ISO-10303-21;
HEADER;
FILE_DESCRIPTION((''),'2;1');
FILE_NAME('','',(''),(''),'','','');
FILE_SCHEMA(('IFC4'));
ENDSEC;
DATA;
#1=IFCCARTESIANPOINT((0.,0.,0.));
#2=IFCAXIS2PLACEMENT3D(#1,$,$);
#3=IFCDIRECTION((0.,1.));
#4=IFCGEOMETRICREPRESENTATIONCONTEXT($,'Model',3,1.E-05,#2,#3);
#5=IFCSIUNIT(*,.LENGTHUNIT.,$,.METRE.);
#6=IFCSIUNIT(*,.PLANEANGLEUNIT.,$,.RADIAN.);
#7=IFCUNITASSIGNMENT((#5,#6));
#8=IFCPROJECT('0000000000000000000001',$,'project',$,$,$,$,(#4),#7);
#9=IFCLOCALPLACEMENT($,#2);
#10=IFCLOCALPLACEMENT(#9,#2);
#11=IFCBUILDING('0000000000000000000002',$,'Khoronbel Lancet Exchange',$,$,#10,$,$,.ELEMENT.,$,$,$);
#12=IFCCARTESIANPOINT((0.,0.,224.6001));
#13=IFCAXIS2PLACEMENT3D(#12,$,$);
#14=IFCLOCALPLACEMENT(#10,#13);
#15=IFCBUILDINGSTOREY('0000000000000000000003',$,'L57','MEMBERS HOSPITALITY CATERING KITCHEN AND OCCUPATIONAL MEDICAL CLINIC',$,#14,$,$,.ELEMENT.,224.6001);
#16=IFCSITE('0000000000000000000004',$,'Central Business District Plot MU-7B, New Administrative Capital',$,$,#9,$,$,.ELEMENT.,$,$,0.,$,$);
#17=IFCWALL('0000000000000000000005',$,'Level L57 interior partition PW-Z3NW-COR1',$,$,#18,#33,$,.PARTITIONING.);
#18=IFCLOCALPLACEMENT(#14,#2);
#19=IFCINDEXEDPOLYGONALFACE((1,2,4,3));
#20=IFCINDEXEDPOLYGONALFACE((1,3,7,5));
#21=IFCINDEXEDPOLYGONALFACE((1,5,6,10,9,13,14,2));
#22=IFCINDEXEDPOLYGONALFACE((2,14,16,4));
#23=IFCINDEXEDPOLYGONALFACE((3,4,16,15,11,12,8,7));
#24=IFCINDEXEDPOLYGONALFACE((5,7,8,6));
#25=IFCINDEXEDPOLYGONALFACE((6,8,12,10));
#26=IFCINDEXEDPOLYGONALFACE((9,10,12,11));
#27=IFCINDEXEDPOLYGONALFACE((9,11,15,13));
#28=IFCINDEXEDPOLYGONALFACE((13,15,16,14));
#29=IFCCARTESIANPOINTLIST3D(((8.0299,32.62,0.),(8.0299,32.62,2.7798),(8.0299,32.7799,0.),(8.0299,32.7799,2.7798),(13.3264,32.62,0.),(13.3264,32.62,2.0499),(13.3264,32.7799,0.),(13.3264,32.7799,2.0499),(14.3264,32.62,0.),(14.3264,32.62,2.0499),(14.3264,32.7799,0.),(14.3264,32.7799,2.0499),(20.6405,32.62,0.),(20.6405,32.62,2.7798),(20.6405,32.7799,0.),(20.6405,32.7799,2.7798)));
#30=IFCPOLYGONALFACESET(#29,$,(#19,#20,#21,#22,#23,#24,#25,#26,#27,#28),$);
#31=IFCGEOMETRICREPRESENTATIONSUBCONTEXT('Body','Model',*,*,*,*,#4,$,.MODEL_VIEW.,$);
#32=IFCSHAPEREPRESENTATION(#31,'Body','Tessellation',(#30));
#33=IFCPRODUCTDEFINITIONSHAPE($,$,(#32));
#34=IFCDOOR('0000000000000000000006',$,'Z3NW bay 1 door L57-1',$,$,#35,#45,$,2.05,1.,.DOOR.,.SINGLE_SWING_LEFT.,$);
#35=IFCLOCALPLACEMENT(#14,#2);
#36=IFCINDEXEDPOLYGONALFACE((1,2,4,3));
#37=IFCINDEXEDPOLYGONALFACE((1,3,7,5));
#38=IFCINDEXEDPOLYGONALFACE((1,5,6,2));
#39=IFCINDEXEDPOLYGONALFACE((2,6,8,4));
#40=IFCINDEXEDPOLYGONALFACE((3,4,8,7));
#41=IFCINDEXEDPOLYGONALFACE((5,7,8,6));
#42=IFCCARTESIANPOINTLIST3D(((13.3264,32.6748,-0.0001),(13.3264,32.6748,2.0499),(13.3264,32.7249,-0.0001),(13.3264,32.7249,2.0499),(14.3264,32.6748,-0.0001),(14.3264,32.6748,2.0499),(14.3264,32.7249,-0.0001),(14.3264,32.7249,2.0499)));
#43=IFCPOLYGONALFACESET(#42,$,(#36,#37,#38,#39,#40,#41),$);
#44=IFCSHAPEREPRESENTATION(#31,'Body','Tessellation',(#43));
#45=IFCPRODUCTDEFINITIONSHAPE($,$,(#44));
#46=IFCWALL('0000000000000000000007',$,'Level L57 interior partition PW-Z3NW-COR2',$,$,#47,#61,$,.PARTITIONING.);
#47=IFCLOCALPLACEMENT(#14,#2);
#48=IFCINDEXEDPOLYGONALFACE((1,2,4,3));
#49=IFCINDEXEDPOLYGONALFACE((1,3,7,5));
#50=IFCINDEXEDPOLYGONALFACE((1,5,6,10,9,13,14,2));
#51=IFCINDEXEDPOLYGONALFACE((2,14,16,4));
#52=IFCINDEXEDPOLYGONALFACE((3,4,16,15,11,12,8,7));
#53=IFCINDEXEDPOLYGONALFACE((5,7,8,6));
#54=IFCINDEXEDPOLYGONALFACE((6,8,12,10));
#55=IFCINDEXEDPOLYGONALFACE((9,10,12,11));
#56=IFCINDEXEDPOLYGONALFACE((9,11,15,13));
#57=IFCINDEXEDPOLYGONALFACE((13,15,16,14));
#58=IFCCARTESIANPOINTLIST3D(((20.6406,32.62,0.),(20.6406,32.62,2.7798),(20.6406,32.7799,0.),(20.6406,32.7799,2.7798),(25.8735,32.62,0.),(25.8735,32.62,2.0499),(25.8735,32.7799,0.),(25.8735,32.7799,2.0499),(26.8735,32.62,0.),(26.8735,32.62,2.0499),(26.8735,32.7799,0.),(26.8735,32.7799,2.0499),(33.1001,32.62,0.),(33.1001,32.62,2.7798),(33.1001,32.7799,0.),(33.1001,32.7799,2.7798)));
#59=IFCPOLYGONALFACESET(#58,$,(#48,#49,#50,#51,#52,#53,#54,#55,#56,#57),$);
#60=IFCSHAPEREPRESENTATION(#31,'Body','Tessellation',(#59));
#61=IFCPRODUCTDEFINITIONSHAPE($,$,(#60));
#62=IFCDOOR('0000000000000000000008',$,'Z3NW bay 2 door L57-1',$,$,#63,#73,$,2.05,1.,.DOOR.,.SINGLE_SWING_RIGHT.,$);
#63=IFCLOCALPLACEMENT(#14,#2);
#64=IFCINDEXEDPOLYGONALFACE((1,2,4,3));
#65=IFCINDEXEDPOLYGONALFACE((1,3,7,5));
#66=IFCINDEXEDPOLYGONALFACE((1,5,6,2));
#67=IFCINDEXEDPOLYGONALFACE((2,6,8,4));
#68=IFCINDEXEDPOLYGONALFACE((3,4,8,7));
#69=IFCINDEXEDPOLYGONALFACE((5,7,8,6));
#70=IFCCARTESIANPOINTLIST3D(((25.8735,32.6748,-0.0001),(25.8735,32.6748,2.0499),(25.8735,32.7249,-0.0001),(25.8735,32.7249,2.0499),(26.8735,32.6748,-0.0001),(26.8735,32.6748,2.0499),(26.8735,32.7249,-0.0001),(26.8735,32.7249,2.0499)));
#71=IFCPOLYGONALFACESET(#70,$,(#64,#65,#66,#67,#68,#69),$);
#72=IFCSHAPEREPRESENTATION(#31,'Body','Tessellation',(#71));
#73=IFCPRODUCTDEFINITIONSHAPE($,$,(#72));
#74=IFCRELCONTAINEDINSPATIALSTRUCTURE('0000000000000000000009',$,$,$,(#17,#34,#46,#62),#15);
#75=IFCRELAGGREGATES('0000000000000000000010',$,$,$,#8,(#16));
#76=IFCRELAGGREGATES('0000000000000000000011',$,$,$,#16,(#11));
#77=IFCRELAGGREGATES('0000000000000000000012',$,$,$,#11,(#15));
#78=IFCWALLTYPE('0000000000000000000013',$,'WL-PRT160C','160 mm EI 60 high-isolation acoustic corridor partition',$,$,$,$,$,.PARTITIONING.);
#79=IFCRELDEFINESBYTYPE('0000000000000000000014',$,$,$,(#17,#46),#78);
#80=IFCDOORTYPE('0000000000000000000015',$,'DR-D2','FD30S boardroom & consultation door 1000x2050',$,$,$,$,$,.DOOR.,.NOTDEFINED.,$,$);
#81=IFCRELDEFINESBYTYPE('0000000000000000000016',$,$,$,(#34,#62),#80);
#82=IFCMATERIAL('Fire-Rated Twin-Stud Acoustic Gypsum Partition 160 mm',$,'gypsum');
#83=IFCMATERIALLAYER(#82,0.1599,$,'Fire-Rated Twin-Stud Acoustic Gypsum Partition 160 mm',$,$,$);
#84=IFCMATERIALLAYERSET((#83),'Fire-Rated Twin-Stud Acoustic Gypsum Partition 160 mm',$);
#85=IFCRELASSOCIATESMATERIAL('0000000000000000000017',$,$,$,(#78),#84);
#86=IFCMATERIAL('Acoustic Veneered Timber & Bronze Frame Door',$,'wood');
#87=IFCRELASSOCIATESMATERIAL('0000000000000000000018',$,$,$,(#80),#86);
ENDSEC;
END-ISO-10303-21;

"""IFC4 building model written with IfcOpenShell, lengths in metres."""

from ifc_helpers import new_model, si_unit, direction, frame, frame_2d, origin, place, context, subcontext, project, spatial, rectangle, extrude, material, layer, layer_set, type_object, element, fill, save


model = new_model("IFC4")

# Units and contexts
model_context = context("Model", 3, precision=1e-05, world=origin(), true_north=direction((0.0, 1.0)))
body_context = subcontext(model_context, "Body", "Model", "MODEL_VIEW")
ifc_project = project(units=[si_unit("LENGTHUNIT", "METRE"), si_unit("PLANEANGLEUNIT", "RADIAN")], contexts=[model_context])

# Site, building, storey
site_placement = place(None, origin())
site = spatial("IfcSite", under=ifc_project, at=site_placement, Name="Central Business District Plot MU-7B, New Administrative Capital", CompositionType="ELEMENT", RefElevation=0.0)
building_placement = place(site_placement, origin())
building = spatial("IfcBuilding", under=site, at=building_placement, Name="Khoronbel Lancet Exchange", CompositionType="ELEMENT")
storey_placement = place(building_placement, frame((0.0, 0.0, 224.6001)))
storey = spatial("IfcBuildingStorey", under=building, at=storey_placement, Name="L57", Description="MEMBERS HOSPITALITY CATERING KITCHEN AND OCCUPATIONAL MEDICAL CLINIC", CompositionType="ELEMENT", Elevation=224.6001)

# Walls, openings, doors
ifc_material_1 = material(Name="Fire-Rated Twin-Stud Acoustic Gypsum Partition 160 mm", Category="gypsum")
ifc_layer_1 = layer(ifc_material_1, 0.1599, Name="Fire-Rated Twin-Stud Acoustic Gypsum Partition 160 mm")
ifc_layer_set_1 = layer_set([ifc_layer_1], Name="Fire-Rated Twin-Stud Acoustic Gypsum Partition 160 mm")
wall_type_1 = type_object("IfcWallType", Name="WL-PRT160C", Description="160 mm EI 60 high-isolation acoustic corridor partition", PredefinedType="PARTITIONING", material=ifc_layer_set_1)
ifc_material_2 = material(Name="Acoustic Veneered Timber & Bronze Frame Door", Category="wood")
door_type_1 = type_object("IfcDoorType", Name="DR-D2", Description="FD30S boardroom & consultation door 1000x2050", OperationType="NOTDEFINED", PredefinedType="DOOR", material=ifc_material_2)
wall_1_placement = place(storey_placement, frame((8.03, 32.7, 0.0), z_axis=(0.0, 0.0, 1.0), x_axis=(1.0, 0.0, 0.0)))
wall_1 = element("IfcWall", 1, at=wall_1_placement, inside=storey, type_object=wall_type_1, Name="Level L57 interior partition PW-Z3NW-COR1", PredefinedType="PARTITIONING", context=body_context, shape_type="SweptSolid", body=[
    extrude(rectangle(XDim=12.6106, YDim=0.1599, at=frame_2d((6.3052, 0.0))), origin(), (0.0, 0.0, 1.0), 2.7798),
])
opening_1_placement = place(wall_1_placement, frame((5.2964, 0.0, 0.0)))
opening_1 = element("IfcOpeningElement", 2, at=opening_1_placement, cuts=wall_1, PredefinedType="OPENING", context=body_context, shape_type="SweptSolid", body=[
    extrude(rectangle(XDim=1.0, YDim=2.05, at=frame_2d((0.5, 1.0249))), frame((0.0, 0.0898, 0.0), z_axis=(0.0, -1.0, 0.0), x_axis=(1.0, 0.0, 0.0)), (0.0, 0.0, 1.0), 0.1799),
])
door_1_placement = place(opening_1_placement, origin())
door_1 = element("IfcDoor", 3, at=door_1_placement, inside=storey, type_object=door_type_1, Name="Z3NW bay 1 door L57-1", OperationType="SINGLE_SWING_LEFT", OverallHeight=2.05, OverallWidth=1.0, PredefinedType="DOOR", context=body_context, shape_type="SweptSolid", body=[
    extrude(rectangle(XDim=1.0, YDim=2.05, at=frame_2d((0.5, 1.0249))), frame((0.0, 0.0249, 0.0), z_axis=(0.0, -1.0, 0.0), x_axis=(1.0, 0.0, 0.0)), (0.0, 0.0, 1.0), 0.05),
])
fill(opening_1, door_1)
wall_2_placement = place(storey_placement, frame((20.6406, 32.7, 0.0), z_axis=(0.0, 0.0, 1.0), x_axis=(1.0, 0.0, 0.0)))
wall_2 = element("IfcWall", 4, at=wall_2_placement, inside=storey, type_object=wall_type_1, Name="Level L57 interior partition PW-Z3NW-COR2", PredefinedType="PARTITIONING", context=body_context, shape_type="SweptSolid", body=[
    extrude(rectangle(XDim=12.4595, YDim=0.1599, at=frame_2d((6.2297, 0.0))), origin(), (0.0, 0.0, 1.0), 2.7798),
])
opening_2_placement = place(wall_2_placement, frame((5.2329, 0.0, 0.0)))
opening_2 = element("IfcOpeningElement", 5, at=opening_2_placement, cuts=wall_2, PredefinedType="OPENING", context=body_context, shape_type="SweptSolid", body=[
    extrude(rectangle(XDim=1.0, YDim=2.05, at=frame_2d((0.5, 1.0249))), frame((0.0, 0.0898, 0.0), z_axis=(0.0, -1.0, 0.0), x_axis=(1.0, 0.0, 0.0)), (0.0, 0.0, 1.0), 0.1799),
])
door_2_placement = place(opening_2_placement, origin())
door_2 = element("IfcDoor", 6, at=door_2_placement, inside=storey, type_object=door_type_1, Name="Z3NW bay 2 door L57-1", OperationType="SINGLE_SWING_RIGHT", OverallHeight=2.05, OverallWidth=1.0, PredefinedType="DOOR", context=body_context, shape_type="SweptSolid", body=[
    extrude(rectangle(XDim=1.0, YDim=2.05, at=frame_2d((0.5, 1.0249))), frame((0.0, 0.0249, 0.0), z_axis=(0.0, -1.0, 0.0), x_axis=(1.0, 0.0, 0.0)), (0.0, 0.0, 1.0), 0.05),
])
fill(opening_2, door_2)

save(model, "model.ifc")
